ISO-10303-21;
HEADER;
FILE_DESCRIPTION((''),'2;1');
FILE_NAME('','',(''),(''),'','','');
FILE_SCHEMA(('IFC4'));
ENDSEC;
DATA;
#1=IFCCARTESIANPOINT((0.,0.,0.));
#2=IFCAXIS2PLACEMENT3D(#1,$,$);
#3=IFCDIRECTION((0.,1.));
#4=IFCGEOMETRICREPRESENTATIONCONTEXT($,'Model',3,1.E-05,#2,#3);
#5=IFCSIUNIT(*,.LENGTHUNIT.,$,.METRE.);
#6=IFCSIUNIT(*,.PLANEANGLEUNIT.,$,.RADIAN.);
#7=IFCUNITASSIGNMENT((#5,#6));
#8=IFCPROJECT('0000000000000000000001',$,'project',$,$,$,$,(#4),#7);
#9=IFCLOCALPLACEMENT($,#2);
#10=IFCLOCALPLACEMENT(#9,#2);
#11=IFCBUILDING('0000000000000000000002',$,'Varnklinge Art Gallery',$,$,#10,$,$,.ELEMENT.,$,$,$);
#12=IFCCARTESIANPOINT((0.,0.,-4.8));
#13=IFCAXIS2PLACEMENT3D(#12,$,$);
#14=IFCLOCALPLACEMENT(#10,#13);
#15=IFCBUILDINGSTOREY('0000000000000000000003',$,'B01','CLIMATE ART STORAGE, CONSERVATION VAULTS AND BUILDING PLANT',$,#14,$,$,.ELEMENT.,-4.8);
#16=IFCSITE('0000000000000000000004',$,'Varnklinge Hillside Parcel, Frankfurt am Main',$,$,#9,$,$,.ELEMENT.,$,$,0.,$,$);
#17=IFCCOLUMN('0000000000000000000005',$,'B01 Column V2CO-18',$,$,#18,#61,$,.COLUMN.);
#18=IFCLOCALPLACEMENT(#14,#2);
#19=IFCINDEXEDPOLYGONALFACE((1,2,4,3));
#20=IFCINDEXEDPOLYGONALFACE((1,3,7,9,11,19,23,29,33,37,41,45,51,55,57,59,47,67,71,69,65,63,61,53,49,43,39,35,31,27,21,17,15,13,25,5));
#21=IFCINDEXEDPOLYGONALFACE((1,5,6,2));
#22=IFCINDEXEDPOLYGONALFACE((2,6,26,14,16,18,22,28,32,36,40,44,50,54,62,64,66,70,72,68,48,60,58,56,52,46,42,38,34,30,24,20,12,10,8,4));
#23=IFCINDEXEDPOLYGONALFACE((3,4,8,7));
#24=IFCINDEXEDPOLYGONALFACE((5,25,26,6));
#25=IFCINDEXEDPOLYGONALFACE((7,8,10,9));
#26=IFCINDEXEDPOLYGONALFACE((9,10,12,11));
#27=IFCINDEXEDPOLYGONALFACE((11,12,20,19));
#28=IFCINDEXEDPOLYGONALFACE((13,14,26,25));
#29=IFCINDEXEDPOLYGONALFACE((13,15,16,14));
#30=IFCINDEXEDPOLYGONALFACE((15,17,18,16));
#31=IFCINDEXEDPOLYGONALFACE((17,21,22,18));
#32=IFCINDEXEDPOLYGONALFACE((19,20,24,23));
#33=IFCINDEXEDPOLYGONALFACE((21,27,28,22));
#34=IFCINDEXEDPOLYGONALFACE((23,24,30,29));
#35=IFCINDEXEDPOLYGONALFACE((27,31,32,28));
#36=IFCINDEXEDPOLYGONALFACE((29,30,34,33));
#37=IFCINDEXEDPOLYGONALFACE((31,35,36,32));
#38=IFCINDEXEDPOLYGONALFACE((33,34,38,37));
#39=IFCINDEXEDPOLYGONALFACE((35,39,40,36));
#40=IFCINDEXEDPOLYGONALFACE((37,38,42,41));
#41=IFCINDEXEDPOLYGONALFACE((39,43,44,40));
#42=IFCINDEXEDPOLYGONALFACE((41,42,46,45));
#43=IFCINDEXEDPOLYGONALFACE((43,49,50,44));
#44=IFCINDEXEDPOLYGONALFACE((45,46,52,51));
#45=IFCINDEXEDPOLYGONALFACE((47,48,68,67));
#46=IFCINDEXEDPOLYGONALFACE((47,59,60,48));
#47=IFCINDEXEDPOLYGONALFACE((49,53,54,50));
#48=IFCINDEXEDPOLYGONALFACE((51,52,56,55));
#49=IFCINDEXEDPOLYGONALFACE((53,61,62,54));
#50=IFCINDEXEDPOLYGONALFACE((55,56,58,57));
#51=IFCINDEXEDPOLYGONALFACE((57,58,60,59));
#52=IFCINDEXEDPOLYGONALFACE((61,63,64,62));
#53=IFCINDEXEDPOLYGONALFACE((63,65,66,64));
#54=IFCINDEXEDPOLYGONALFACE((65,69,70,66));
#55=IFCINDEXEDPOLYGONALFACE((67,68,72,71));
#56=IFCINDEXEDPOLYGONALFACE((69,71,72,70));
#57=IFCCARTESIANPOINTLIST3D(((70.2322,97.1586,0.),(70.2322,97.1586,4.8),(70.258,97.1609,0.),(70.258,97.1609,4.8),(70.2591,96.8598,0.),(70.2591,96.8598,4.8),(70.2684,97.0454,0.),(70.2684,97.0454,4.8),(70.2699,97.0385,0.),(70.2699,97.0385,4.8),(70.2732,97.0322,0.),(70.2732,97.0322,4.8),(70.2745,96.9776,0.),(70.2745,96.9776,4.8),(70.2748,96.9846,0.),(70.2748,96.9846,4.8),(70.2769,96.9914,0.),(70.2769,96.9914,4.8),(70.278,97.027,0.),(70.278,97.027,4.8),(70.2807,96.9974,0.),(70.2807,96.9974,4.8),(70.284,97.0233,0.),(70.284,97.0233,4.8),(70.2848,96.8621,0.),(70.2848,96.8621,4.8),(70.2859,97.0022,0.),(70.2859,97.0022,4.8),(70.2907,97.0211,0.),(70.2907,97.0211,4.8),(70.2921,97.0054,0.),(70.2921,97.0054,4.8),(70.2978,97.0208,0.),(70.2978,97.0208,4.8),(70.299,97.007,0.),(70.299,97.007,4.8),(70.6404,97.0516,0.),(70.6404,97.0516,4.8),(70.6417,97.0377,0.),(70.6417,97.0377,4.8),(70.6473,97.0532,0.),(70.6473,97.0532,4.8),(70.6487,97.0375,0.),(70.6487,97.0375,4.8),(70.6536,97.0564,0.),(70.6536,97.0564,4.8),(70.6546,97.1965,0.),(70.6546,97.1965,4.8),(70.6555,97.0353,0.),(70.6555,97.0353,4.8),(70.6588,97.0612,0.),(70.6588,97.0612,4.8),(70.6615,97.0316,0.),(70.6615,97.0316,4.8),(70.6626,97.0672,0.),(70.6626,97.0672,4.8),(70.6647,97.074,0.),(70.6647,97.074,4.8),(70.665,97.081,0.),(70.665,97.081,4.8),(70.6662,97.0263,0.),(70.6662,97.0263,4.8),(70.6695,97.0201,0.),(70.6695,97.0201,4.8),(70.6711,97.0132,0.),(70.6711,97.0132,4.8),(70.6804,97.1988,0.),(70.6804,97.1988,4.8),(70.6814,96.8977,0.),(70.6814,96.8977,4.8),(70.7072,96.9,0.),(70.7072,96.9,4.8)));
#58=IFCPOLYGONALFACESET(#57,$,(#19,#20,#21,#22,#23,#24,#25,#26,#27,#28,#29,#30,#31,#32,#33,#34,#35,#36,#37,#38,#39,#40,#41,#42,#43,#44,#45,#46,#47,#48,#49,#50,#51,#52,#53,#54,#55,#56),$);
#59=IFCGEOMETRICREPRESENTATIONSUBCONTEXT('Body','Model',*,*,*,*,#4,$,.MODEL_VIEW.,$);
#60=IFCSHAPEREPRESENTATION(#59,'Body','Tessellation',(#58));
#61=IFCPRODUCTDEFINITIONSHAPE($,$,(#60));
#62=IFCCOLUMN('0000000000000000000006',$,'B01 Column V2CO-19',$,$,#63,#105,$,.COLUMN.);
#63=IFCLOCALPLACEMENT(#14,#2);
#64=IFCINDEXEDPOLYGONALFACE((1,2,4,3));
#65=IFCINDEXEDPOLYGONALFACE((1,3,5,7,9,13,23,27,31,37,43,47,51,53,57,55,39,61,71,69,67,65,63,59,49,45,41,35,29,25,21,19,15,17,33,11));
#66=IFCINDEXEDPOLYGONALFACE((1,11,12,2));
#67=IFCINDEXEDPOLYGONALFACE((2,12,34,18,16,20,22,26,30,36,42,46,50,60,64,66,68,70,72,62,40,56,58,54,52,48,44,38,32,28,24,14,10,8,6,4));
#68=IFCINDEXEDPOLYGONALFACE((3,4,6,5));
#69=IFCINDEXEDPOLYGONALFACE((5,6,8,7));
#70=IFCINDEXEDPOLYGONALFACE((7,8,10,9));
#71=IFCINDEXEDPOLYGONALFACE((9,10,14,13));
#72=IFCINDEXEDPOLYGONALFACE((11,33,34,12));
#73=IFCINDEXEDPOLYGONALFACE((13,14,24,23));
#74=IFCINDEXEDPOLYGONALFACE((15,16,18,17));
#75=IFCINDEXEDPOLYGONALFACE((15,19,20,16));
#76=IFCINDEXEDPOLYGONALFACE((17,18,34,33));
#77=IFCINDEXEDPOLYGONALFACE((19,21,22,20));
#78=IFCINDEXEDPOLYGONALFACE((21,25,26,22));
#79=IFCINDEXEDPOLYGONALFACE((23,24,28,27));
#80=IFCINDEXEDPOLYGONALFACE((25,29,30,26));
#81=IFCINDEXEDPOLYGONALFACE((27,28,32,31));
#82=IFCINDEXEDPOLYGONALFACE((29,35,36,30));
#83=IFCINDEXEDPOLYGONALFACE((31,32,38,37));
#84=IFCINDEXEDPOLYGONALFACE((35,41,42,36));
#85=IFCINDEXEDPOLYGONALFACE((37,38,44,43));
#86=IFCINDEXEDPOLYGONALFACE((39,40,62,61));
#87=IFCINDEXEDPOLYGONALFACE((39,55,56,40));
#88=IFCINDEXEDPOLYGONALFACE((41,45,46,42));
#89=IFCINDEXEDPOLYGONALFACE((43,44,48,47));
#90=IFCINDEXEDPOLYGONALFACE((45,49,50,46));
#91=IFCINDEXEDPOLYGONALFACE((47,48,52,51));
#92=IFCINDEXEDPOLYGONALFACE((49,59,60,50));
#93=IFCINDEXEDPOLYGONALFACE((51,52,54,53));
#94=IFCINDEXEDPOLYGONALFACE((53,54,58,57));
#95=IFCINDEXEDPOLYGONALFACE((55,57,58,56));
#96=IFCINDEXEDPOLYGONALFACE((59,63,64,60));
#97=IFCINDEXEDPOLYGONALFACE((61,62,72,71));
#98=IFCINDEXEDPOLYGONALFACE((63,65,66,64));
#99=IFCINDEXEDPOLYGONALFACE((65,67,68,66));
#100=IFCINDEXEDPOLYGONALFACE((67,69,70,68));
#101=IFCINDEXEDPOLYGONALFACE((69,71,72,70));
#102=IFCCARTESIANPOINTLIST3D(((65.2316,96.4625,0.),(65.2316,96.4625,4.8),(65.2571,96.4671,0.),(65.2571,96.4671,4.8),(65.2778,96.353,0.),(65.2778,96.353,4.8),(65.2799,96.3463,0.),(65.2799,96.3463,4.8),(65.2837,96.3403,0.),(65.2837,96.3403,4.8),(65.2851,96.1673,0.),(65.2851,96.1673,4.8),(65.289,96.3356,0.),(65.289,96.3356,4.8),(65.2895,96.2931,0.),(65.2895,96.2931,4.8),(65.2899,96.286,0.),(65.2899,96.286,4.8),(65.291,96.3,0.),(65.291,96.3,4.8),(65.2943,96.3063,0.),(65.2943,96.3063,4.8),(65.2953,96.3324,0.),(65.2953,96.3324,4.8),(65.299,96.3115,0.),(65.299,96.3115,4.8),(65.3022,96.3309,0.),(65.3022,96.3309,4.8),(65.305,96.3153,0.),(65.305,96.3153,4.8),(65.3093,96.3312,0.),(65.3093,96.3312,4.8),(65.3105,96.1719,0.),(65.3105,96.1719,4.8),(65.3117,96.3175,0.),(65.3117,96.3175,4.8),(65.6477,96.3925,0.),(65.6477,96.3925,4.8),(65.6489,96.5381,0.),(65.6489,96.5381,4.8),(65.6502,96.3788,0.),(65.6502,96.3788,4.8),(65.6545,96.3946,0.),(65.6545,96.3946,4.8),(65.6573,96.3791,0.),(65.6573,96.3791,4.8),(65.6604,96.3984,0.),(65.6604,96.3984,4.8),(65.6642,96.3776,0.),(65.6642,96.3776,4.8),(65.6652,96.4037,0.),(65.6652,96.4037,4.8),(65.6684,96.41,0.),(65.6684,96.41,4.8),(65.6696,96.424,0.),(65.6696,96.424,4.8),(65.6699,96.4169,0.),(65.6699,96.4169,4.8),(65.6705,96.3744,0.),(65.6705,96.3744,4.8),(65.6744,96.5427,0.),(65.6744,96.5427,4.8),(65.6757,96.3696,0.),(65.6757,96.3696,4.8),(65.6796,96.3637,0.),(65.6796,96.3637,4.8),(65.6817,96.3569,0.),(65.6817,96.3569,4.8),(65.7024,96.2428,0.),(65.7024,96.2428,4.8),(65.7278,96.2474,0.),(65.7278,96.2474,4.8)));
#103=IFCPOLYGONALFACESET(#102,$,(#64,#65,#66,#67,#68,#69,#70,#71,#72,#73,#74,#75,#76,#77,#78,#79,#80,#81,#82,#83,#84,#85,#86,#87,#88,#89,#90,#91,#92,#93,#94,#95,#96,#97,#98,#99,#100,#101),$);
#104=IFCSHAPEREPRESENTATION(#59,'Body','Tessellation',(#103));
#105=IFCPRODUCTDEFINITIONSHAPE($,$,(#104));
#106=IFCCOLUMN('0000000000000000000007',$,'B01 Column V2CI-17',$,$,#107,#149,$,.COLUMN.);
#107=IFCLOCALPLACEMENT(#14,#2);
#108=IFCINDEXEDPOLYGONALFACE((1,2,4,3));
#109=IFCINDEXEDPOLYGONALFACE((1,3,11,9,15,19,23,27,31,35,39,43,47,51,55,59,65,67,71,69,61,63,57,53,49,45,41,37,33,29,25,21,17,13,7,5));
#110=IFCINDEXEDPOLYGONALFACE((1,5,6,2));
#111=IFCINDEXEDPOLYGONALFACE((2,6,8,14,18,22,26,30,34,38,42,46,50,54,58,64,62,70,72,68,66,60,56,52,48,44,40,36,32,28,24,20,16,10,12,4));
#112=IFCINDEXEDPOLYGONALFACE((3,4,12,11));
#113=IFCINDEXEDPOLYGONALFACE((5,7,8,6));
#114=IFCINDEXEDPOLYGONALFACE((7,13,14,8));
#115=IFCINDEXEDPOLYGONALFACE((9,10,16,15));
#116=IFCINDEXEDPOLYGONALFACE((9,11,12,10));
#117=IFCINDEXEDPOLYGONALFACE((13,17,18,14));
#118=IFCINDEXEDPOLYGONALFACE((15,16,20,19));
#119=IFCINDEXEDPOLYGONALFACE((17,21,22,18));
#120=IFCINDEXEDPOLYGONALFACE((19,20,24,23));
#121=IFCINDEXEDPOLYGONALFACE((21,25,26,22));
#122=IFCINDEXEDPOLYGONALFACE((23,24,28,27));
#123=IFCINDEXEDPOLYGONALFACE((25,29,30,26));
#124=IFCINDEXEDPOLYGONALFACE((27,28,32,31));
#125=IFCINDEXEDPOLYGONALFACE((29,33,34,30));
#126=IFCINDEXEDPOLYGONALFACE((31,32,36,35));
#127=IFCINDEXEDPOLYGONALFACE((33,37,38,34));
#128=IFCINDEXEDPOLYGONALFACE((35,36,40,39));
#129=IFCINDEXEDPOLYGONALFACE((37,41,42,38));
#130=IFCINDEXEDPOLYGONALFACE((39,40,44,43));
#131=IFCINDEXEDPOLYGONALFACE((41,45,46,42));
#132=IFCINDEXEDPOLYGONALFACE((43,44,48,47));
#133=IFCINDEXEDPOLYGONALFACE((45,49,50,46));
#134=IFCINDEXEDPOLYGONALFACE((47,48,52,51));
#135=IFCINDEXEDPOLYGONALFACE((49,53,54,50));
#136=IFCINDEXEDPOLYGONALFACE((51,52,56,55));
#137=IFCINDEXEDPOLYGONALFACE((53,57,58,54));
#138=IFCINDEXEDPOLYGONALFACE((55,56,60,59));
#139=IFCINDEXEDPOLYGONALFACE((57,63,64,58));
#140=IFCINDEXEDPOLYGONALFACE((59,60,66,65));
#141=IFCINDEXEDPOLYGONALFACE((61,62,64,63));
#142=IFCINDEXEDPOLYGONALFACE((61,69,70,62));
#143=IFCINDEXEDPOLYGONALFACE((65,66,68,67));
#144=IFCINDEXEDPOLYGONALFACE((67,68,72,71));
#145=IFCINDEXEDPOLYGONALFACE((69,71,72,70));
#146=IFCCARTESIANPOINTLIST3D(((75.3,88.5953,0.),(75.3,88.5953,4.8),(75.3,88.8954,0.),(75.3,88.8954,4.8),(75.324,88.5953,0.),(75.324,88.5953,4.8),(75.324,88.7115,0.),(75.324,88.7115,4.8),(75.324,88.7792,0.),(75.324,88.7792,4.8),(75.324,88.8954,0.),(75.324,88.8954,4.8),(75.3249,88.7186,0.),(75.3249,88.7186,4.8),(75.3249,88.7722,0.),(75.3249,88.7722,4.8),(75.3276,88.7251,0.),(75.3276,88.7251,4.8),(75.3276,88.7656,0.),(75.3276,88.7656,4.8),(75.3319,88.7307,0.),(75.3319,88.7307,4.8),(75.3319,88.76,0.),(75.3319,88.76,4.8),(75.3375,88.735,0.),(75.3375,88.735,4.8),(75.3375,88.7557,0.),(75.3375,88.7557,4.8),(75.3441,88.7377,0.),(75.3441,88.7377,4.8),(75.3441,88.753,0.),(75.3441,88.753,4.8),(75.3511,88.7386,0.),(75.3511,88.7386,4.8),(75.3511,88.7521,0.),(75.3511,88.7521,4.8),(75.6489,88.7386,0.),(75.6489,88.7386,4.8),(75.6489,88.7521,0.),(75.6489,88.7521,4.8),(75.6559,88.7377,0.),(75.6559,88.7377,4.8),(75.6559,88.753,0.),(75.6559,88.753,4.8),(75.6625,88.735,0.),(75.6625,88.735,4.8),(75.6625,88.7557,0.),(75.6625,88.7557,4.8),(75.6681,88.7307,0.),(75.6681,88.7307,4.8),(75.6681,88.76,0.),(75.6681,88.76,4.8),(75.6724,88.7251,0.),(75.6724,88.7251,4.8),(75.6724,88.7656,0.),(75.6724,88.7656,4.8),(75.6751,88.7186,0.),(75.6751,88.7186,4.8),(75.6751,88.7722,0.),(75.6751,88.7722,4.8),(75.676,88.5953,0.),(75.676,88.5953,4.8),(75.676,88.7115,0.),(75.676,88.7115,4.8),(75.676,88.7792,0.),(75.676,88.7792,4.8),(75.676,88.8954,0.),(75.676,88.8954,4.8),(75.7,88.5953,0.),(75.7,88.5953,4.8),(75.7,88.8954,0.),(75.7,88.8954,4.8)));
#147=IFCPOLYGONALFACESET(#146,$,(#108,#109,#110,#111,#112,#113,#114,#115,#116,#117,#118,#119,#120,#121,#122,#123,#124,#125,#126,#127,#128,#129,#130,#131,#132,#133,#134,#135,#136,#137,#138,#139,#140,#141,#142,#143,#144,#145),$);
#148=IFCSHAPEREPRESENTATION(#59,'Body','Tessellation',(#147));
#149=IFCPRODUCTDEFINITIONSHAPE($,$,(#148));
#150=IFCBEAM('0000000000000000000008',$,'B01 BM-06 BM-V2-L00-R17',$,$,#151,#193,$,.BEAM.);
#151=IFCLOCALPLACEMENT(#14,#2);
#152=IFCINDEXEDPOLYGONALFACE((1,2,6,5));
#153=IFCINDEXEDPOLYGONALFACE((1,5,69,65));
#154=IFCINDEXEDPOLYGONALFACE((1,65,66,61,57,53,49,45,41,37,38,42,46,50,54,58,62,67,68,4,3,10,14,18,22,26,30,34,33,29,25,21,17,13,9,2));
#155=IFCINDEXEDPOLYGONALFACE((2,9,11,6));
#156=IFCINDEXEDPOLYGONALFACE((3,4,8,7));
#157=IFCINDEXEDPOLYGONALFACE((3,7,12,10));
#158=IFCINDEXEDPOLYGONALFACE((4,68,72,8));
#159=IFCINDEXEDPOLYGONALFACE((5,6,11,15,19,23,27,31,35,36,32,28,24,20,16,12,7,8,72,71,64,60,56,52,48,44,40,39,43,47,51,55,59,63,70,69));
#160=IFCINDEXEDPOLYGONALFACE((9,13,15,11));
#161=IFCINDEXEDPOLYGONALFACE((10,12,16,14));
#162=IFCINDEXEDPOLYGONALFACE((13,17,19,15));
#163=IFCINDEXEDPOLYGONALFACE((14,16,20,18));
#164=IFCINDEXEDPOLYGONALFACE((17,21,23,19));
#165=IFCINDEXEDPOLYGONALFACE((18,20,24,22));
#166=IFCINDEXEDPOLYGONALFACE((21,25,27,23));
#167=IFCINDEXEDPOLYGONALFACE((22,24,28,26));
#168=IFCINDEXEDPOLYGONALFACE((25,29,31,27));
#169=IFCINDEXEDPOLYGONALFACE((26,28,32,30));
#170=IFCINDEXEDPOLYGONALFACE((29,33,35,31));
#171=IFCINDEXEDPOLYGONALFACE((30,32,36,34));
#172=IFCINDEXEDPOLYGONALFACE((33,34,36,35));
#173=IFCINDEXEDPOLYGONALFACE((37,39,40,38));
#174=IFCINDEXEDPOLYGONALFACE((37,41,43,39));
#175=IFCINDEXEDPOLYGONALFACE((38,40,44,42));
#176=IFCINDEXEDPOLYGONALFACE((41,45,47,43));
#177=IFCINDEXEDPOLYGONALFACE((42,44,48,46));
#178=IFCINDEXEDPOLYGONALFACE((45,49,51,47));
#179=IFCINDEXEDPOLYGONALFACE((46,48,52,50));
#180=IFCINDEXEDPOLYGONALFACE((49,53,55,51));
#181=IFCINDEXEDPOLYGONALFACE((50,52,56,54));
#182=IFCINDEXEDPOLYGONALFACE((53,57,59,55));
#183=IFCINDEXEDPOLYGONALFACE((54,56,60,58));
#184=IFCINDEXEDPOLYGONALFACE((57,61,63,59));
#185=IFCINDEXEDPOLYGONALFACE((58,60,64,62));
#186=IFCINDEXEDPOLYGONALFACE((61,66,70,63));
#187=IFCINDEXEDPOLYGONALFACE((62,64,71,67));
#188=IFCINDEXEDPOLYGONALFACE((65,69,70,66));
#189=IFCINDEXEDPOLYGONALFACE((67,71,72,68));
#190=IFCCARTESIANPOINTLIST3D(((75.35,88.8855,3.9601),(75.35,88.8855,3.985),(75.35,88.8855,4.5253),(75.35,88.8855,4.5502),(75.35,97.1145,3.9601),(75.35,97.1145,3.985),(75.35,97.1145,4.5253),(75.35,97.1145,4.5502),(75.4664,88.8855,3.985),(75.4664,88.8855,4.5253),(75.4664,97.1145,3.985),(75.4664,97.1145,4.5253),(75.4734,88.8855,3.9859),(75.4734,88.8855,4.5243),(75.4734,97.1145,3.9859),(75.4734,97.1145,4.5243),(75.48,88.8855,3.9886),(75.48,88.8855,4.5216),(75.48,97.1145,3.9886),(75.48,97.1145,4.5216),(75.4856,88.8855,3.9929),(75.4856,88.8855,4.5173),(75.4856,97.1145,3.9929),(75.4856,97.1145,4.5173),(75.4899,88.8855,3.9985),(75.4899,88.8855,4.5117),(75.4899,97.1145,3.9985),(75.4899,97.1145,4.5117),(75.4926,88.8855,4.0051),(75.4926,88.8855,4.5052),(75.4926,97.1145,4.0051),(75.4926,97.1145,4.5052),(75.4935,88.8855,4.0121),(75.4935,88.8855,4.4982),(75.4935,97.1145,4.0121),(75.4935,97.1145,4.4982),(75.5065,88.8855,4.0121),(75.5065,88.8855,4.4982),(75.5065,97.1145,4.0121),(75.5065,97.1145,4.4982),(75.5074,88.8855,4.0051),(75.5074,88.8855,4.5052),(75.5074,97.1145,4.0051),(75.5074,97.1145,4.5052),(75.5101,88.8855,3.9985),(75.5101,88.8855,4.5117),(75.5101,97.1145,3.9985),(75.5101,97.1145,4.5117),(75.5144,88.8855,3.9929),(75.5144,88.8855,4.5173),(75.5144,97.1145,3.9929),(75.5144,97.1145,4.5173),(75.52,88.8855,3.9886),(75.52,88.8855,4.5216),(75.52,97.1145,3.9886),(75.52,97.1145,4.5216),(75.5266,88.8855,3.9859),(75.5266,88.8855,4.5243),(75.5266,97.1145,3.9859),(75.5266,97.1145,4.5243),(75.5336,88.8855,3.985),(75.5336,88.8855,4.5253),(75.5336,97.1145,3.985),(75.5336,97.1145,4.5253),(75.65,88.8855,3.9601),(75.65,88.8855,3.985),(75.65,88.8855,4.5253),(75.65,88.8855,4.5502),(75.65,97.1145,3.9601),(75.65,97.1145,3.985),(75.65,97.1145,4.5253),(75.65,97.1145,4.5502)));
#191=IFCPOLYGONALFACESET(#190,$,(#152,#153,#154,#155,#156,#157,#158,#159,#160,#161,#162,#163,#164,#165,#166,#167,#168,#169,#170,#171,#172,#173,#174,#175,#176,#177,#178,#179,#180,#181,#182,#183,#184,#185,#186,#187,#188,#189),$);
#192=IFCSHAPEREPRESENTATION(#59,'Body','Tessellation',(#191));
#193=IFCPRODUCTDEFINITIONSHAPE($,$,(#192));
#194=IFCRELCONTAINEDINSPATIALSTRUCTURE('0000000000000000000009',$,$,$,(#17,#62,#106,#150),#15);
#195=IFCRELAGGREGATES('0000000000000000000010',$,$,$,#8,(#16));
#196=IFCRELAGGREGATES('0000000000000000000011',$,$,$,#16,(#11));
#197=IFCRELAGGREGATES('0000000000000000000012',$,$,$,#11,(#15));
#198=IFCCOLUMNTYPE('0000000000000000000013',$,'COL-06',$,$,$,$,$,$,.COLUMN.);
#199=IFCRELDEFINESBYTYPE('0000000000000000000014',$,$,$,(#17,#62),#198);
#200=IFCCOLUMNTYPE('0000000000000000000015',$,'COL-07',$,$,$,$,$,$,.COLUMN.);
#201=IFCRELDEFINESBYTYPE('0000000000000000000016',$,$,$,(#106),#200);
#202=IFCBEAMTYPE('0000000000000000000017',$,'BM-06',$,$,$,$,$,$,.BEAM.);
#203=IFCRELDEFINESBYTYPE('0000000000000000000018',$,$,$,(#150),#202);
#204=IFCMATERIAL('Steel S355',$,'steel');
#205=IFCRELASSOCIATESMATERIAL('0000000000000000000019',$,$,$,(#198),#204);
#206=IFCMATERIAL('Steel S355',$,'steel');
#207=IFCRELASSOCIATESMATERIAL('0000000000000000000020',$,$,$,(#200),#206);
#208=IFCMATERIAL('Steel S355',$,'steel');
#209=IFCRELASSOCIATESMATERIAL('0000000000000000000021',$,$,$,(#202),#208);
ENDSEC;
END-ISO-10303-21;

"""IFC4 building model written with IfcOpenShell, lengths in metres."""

from ifc_helpers import new_model, si_unit, direction, frame, origin, origin_2d, place, context, subcontext, project, spatial, i_section, extrude, material, material_profile, profile_set, type_object, element, save


model = new_model("IFC4")

# Units and contexts
model_context = context("Model", 3, precision=1e-05, world=origin(), true_north=direction((0.0, 1.0)))
body_context = subcontext(model_context, "Body", "Model", "MODEL_VIEW")
ifc_project = project(units=[si_unit("LENGTHUNIT", "METRE"), si_unit("PLANEANGLEUNIT", "RADIAN")], contexts=[model_context])

# Site, building, storey
site_placement = place(None, origin())
site = spatial("IfcSite", under=ifc_project, at=site_placement, Name="Varnklinge Hillside Parcel, Frankfurt am Main", CompositionType="ELEMENT", RefElevation=0.0)
building_placement = place(site_placement, origin())
building = spatial("IfcBuilding", under=site, at=building_placement, Name="Varnklinge Art Gallery", CompositionType="ELEMENT")
storey_placement = place(building_placement, frame((0.0, 0.0, -4.8)))
storey = spatial("IfcBuildingStorey", under=building, at=storey_placement, Name="B01", Description="CLIMATE ART STORAGE, CONSERVATION VAULTS AND BUILDING PLANT", CompositionType="ELEMENT", Elevation=-4.8)

# Columns
ifc_material_1 = material(Name="Steel S355", Category="steel")
ifc_material_profile_1 = material_profile(ifc_material_1, i_section(OverallWidth=0.3, OverallDepth=0.45, WebThickness=0.0139, FlangeThickness=0.0259, FilletRadius=0.0271, at=origin_2d()), Name="HEB 450")
ifc_profile_set_1 = profile_set([ifc_material_profile_1], Name="Steel S355")
column_type_1 = type_object("IfcColumnType", Name="COL-06", PredefinedType="COLUMN", material=ifc_profile_set_1)
for number, where, z_axis, x_axis, name in (
    (1, (70.4697, 97.0293, 0.0), (0.0, 0.0, 1.0), (0.089416, -0.995994, 0.0), "B01 Column V2CO-18"),
    (2, (65.4797, 96.355, 0.0), (0.0, 0.0, 1.0), (0.178115, -0.98401, 0.0), "B01 Column V2CO-19"),
):
    element("IfcColumn", number, at=place(storey_placement, frame(where, z_axis=z_axis, x_axis=x_axis)), inside=storey, type_object=column_type_1, Name=name, PredefinedType="COLUMN", context=body_context, shape_type="SweptSolid", body=[
        extrude(i_section(OverallWidth=0.3, OverallDepth=0.45, WebThickness=0.0139, FlangeThickness=0.0259, FilletRadius=0.0271, at=origin_2d()), origin(), (0.0, 0.0, 1.0), 4.8),
    ])
ifc_material_2 = material(Name="Steel S355", Category="steel")
ifc_material_profile_2 = material_profile(ifc_material_2, i_section(OverallWidth=0.3, OverallDepth=0.3999, WebThickness=0.0134, FlangeThickness=0.0239, FilletRadius=0.0271, at=origin_2d()), Name="HEB 400")
ifc_profile_set_2 = profile_set([ifc_material_profile_2], Name="Steel S355")
column_type_2 = type_object("IfcColumnType", Name="COL-07", PredefinedType="COLUMN", material=ifc_profile_set_2)
column_placement = place(storey_placement, frame((75.5, 88.7454, 0.0), z_axis=(0.0, 0.0, 1.0), x_axis=(0.0, -1.0, 0.0)))
element("IfcColumn", 3, at=column_placement, inside=storey, type_object=column_type_2, Name="B01 Column V2CI-17", PredefinedType="COLUMN", context=body_context, shape_type="SweptSolid", body=[
    extrude(i_section(OverallWidth=0.3, OverallDepth=0.3999, WebThickness=0.0134, FlangeThickness=0.0239, FilletRadius=0.0271, at=origin_2d()), origin(), (0.0, 0.0, 1.0), 4.8),
])

# Beam
ifc_material_3 = material(Name="Steel S355", Category="steel")
ifc_material_profile_3 = material_profile(ifc_material_3, i_section(OverallWidth=0.3, OverallDepth=0.5901, WebThickness=0.0129, FlangeThickness=0.0249, FilletRadius=0.0271, at=origin_2d()), Name="HEA 600")
ifc_profile_set_3 = profile_set([ifc_material_profile_3], Name="Steel S355")
beam_type_1 = type_object("IfcBeamType", Name="BM-06", PredefinedType="BEAM", material=ifc_profile_set_3)
beam_1_placement = place(storey_placement, frame((75.5, 97.1145, 4.2551), z_axis=(0.0, -1.0, 0.0), x_axis=(1.0, 0.0, 0.0)))
element("IfcBeam", 4, at=beam_1_placement, inside=storey, type_object=beam_type_1, Name="B01 BM-06 BM-V2-L00-R17", PredefinedType="BEAM", context=body_context, shape_type="SweptSolid", body=[
    extrude(i_section(OverallWidth=0.3, OverallDepth=0.5901, WebThickness=0.0129, FlangeThickness=0.0249, FilletRadius=0.0271, at=origin_2d()), origin(), (0.0, 0.0, 1.0), 8.229),
])

save(model, "model.ifc")
